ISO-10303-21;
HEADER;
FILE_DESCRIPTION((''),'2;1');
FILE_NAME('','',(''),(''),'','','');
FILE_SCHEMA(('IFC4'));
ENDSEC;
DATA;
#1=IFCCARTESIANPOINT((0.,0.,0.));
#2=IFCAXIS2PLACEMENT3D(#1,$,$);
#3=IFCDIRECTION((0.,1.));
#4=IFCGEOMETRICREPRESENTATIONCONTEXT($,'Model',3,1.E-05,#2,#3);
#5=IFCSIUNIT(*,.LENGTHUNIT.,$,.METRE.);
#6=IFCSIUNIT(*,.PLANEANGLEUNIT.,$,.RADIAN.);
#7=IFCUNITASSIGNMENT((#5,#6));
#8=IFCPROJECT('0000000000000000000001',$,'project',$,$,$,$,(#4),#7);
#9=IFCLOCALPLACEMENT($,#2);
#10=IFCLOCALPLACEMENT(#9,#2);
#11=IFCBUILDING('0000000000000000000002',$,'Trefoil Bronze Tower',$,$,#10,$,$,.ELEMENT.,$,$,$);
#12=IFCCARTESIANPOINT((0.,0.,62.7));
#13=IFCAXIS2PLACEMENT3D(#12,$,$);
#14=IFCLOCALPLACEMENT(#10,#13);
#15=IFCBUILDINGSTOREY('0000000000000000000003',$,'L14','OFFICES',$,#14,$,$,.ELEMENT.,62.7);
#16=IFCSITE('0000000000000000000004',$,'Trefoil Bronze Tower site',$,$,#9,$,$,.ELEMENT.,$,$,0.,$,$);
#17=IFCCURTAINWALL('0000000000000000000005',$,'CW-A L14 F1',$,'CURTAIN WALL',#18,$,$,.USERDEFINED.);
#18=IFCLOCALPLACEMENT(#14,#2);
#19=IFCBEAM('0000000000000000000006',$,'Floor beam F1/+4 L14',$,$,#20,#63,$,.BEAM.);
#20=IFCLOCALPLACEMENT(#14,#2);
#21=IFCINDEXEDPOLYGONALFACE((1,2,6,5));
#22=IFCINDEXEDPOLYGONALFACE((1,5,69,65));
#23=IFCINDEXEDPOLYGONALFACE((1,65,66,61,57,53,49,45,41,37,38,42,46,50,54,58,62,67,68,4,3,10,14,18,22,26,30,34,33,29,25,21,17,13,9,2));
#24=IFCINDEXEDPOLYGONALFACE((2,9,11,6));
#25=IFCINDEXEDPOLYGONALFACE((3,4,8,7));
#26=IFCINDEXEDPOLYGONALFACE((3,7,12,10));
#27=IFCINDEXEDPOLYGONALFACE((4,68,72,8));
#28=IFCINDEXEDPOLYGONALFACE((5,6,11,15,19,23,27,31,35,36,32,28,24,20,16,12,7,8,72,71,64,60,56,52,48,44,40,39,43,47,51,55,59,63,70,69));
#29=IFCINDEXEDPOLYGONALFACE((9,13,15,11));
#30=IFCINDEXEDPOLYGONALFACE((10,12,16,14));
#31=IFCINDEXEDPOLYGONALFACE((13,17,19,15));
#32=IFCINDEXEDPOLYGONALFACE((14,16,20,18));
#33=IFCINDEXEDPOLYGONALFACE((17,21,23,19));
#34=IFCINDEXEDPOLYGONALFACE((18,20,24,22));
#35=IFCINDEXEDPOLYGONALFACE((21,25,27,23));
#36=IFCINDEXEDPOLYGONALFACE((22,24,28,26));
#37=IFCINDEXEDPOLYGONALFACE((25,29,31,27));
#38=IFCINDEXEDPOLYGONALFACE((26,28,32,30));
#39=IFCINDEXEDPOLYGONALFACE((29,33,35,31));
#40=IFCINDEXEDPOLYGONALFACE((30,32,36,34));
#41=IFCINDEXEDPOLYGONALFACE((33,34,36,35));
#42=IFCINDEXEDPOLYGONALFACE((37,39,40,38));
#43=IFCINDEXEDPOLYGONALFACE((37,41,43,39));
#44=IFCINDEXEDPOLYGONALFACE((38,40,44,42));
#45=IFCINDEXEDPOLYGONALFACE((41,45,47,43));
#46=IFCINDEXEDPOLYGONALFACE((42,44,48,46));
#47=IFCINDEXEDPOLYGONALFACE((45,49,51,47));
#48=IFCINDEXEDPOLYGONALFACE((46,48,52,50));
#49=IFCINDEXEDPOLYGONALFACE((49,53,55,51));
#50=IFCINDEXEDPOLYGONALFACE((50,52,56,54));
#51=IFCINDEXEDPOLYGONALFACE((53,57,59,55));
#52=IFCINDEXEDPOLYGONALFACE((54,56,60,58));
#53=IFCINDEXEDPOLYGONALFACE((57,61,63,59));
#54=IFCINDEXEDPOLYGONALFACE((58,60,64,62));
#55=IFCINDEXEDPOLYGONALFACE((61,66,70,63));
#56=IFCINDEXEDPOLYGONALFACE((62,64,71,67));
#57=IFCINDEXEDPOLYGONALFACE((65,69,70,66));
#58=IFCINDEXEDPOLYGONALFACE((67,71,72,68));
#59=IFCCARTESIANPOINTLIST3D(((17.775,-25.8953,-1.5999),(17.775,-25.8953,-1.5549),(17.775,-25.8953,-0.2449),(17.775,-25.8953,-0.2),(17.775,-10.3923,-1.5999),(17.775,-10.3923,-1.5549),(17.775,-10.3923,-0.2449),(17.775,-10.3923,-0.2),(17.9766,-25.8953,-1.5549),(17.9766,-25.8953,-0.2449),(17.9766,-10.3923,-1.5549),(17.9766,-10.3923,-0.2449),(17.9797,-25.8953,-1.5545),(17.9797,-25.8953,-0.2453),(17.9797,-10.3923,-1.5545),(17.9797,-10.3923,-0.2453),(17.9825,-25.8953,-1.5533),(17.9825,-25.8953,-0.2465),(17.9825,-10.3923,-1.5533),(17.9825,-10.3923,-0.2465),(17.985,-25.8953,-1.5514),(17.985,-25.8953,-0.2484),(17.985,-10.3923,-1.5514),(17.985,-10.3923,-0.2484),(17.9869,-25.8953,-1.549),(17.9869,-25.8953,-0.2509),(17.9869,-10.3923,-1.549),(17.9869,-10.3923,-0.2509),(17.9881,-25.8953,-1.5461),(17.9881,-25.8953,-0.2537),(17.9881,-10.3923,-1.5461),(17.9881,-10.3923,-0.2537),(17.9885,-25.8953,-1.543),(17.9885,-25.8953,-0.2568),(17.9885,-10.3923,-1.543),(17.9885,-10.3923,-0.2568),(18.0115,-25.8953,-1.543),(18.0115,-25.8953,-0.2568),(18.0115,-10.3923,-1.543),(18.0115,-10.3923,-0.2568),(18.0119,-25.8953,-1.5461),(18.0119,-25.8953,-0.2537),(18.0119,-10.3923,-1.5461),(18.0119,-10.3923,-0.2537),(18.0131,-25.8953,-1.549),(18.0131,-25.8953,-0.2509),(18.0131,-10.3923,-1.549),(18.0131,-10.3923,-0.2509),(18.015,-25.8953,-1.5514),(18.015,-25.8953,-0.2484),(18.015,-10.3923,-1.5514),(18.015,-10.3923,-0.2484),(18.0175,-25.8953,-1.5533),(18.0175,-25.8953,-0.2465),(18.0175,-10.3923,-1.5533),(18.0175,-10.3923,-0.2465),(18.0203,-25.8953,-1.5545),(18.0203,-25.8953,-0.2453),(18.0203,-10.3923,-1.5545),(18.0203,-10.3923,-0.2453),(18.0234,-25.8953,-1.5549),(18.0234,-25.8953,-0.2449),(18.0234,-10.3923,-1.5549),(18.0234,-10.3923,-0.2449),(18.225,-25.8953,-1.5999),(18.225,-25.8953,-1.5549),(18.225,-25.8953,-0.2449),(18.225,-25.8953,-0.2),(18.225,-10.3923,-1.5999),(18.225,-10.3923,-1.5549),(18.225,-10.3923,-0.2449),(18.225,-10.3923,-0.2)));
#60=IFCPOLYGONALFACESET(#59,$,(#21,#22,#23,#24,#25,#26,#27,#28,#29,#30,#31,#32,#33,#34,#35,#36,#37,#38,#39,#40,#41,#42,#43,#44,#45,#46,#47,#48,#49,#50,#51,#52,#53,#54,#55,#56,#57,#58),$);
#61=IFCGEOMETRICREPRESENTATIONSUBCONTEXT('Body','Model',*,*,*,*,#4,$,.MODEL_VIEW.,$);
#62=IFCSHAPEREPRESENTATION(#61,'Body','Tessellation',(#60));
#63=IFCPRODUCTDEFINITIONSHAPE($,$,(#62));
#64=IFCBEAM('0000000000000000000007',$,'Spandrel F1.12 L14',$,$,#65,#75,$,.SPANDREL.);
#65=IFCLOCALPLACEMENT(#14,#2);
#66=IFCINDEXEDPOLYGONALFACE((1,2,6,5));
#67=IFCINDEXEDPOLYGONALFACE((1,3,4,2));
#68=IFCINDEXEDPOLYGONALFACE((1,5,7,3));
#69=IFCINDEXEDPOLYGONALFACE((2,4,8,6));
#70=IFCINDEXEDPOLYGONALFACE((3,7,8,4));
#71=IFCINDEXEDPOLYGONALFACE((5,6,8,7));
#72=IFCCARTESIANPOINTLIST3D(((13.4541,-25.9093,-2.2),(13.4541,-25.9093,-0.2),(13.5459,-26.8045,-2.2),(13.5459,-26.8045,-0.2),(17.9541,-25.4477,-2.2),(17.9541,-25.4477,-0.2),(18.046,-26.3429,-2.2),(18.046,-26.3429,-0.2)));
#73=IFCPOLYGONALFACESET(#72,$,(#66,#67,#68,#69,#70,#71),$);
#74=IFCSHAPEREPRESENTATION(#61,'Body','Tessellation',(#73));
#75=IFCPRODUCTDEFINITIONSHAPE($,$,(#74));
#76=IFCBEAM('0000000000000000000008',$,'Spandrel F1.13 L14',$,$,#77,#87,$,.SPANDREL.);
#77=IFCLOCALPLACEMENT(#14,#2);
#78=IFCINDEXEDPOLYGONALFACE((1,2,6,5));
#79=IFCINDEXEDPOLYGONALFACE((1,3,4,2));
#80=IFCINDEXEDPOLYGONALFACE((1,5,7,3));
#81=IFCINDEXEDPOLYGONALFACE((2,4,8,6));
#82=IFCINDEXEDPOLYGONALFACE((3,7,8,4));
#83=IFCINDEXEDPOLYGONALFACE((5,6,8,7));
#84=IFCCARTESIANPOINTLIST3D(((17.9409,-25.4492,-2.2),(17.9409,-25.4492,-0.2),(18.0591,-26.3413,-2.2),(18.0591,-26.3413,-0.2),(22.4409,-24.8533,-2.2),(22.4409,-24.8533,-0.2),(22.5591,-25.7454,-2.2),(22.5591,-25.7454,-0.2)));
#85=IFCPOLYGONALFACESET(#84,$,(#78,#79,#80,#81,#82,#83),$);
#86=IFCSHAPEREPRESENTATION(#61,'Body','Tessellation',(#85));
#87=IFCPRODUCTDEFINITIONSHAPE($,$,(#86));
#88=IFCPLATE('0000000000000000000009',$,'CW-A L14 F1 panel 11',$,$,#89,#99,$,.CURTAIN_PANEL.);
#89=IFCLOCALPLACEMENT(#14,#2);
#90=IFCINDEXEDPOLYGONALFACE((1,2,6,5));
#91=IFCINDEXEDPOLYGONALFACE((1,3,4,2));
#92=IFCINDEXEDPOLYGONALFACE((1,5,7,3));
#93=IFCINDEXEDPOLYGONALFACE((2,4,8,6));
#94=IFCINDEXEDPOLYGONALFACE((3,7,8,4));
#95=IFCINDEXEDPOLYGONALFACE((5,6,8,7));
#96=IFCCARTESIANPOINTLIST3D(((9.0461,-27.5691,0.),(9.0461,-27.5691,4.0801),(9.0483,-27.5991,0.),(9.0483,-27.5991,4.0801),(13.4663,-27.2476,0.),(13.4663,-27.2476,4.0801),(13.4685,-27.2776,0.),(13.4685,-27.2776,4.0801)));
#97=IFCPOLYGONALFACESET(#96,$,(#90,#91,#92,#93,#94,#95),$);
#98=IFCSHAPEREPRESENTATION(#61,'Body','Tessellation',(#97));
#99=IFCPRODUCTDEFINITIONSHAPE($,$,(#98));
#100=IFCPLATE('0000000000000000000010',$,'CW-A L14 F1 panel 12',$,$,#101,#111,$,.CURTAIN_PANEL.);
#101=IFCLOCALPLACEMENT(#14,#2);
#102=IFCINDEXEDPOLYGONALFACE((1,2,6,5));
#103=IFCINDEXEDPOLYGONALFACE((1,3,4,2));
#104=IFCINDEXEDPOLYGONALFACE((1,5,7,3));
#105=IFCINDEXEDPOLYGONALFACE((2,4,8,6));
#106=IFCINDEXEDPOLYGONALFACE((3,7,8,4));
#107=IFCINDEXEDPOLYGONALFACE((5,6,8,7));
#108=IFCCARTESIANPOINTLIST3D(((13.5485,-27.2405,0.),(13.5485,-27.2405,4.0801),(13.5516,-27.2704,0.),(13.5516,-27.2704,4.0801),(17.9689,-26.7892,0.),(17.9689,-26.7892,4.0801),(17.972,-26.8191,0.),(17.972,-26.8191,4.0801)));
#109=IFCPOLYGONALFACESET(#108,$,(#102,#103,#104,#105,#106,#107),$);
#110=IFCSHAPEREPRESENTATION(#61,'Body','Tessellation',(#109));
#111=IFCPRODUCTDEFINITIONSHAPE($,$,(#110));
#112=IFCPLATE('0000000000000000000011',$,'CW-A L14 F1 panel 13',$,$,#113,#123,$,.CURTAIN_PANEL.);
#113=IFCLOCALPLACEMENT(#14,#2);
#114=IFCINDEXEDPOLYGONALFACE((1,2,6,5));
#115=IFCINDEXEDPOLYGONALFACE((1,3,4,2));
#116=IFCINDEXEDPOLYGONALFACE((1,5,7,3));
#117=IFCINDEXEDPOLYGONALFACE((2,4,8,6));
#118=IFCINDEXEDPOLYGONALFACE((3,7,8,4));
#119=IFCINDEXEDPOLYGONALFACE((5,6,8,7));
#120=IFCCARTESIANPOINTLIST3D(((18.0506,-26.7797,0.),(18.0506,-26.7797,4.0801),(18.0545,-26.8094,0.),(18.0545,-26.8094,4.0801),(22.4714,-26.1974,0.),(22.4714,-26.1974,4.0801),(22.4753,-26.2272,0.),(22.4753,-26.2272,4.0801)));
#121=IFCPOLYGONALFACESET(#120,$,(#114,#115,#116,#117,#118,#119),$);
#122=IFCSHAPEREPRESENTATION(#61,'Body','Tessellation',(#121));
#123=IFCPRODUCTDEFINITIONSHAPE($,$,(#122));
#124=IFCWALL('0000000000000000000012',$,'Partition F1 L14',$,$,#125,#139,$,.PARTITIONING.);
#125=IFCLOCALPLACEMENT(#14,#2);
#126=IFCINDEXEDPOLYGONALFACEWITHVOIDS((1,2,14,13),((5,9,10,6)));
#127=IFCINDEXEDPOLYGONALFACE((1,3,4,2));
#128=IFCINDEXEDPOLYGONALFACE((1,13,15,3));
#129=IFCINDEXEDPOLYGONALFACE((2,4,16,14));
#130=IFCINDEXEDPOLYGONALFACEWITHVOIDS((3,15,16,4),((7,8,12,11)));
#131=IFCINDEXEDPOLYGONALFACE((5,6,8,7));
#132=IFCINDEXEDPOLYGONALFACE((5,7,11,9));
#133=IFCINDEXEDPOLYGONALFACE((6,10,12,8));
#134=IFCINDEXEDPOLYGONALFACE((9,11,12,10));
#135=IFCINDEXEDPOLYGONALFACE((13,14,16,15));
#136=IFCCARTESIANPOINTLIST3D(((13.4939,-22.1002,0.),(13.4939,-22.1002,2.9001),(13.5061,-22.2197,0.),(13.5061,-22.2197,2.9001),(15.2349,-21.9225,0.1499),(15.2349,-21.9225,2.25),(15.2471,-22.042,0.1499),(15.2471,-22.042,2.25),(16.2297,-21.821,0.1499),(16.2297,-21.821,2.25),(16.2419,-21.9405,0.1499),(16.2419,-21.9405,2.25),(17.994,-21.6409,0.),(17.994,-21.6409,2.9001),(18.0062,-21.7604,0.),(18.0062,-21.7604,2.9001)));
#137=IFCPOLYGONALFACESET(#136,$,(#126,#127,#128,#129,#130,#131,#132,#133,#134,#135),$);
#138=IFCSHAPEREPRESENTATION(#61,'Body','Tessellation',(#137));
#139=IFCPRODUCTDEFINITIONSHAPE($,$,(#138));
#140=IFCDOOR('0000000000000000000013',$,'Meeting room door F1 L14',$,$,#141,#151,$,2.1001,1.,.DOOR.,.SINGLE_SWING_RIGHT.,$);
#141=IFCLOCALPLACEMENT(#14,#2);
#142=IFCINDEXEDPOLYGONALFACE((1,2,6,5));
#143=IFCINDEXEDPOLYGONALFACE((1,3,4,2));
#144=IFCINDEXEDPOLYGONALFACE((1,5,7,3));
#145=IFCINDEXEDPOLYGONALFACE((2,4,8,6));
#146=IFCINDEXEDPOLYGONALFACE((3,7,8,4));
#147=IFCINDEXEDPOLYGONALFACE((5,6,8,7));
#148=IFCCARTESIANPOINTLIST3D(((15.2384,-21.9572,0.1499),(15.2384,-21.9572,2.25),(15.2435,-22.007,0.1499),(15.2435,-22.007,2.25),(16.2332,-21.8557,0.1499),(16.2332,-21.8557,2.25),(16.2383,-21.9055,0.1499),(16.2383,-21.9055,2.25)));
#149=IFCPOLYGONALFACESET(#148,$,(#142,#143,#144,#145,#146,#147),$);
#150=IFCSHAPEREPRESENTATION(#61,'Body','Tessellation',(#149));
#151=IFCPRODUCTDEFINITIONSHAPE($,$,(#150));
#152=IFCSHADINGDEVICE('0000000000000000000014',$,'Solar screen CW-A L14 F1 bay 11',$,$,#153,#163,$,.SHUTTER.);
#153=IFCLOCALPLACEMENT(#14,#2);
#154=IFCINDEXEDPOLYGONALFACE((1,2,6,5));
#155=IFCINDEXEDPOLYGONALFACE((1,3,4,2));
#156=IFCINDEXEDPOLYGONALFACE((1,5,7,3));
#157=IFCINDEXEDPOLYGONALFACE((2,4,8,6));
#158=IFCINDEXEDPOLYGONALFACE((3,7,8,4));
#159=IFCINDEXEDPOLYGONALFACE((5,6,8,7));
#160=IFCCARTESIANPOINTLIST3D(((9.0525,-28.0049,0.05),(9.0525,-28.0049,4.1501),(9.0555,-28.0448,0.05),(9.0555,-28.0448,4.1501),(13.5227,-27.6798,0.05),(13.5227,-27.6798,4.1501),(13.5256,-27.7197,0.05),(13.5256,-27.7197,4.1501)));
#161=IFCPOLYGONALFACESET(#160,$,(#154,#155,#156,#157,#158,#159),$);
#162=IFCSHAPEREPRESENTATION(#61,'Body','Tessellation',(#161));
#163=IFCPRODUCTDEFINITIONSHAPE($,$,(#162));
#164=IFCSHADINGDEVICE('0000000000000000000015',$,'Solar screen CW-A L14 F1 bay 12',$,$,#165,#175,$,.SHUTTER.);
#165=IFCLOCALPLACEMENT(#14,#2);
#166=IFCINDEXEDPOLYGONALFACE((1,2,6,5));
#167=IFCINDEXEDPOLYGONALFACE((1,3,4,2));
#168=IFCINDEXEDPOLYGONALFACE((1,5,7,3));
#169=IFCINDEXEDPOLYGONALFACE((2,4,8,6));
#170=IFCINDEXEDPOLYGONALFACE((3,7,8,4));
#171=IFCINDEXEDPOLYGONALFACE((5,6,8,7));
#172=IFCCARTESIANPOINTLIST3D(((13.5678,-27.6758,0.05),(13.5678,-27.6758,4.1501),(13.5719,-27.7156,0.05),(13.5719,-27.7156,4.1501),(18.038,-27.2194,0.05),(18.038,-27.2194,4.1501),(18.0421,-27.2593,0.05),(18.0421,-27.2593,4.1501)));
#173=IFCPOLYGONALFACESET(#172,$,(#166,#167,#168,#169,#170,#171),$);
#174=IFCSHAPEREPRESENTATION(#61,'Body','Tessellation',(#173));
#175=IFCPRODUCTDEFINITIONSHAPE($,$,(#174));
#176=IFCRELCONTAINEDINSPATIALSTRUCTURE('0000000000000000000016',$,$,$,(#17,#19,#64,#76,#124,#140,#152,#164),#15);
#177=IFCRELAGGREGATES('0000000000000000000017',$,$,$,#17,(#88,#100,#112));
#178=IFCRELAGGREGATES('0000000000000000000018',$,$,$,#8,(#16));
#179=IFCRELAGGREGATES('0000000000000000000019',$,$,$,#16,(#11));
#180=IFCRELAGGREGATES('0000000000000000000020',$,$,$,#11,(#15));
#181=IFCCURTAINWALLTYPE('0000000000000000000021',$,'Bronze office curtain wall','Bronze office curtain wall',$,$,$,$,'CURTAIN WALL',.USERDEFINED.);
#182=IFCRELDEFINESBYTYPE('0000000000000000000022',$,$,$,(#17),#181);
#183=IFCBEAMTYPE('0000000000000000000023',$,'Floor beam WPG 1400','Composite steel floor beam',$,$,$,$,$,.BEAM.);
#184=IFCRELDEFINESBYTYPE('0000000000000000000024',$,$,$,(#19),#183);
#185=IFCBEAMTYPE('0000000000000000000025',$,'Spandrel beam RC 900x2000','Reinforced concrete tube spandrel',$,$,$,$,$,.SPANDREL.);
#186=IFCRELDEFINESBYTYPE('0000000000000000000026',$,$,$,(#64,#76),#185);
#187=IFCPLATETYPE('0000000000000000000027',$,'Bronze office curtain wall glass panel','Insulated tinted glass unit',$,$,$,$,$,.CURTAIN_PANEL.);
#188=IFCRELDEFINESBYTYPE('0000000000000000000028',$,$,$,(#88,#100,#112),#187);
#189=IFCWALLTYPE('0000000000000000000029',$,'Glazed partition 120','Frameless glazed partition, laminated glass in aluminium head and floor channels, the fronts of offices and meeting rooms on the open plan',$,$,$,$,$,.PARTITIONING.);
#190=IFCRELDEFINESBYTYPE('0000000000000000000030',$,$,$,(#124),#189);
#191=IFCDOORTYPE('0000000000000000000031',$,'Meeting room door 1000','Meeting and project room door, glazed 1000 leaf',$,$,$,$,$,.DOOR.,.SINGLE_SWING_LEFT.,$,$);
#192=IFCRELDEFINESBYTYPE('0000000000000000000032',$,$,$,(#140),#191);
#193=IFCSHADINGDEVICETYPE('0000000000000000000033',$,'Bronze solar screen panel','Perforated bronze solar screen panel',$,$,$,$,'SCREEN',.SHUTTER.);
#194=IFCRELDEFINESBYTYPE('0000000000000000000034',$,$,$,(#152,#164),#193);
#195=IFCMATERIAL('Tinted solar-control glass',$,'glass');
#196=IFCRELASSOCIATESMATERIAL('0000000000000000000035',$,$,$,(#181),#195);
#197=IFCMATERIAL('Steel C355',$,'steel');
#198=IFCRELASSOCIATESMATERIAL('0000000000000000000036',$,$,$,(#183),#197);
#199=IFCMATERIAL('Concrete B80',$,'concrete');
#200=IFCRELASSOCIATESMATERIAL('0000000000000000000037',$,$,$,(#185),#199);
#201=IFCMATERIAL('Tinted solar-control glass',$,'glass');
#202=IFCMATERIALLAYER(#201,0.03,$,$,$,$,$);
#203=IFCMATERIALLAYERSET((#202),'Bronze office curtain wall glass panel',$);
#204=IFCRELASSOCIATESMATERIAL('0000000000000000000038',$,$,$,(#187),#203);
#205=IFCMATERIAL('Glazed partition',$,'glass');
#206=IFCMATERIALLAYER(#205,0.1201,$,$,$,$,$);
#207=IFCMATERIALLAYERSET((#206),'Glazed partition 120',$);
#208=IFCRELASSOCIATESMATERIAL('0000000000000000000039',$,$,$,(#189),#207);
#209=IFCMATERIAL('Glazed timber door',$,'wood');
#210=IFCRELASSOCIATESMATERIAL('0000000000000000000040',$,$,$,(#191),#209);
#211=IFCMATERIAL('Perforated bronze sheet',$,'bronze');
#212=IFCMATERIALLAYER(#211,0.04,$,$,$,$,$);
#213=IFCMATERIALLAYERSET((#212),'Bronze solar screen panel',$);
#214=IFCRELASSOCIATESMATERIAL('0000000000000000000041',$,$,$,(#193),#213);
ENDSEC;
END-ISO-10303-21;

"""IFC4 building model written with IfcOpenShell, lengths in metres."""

from ifc_helpers import new_model, si_unit, direction, frame, frame_2d, origin, origin_2d, place, context, subcontext, project, spatial, rectangle, i_section, extrude, material, layer, layer_set, material_profile, profile_set, type_object, element, fill, aggregate, save


model = new_model("IFC4")

# Units and contexts
model_context = context("Model", 3, precision=1e-05, world=origin(), true_north=direction((0.0, 1.0)))
body_context = subcontext(model_context, "Body", "Model", "MODEL_VIEW")
ifc_project = project(units=[si_unit("LENGTHUNIT", "METRE"), si_unit("PLANEANGLEUNIT", "RADIAN")], contexts=[model_context])

# Site, building, storey
site_placement = place(None, origin())
site = spatial("IfcSite", under=ifc_project, at=site_placement, Name="Trefoil Bronze Tower site", CompositionType="ELEMENT", RefElevation=0.0)
building_placement = place(site_placement, origin())
building = spatial("IfcBuilding", under=site, at=building_placement, Name="Trefoil Bronze Tower", CompositionType="ELEMENT")
storey_placement = place(building_placement, frame((0.0, 0.0, 62.7)))
storey = spatial("IfcBuildingStorey", under=building, at=storey_placement, Name="L14", Description="OFFICES", CompositionType="ELEMENT", Elevation=62.7)

# Curtain wall
ifc_material_1 = material(Name="Tinted solar-control glass", Category="glass")
curtain_wall_type = type_object("IfcCurtainWallType", Name="Bronze office curtain wall", Description="Bronze office curtain wall", ElementType="CURTAIN WALL", PredefinedType="USERDEFINED", material=ifc_material_1)
curtain_wall_placement = place(storey_placement, origin())
curtain_wall = element("IfcCurtainWall", 1, at=curtain_wall_placement, inside=storey, type_object=curtain_wall_type, Name="CW-A L14 F1", ObjectType="CURTAIN WALL", PredefinedType="USERDEFINED")

# Beams
ifc_material_2 = material(Name="Steel C355", Category="steel")
ifc_material_profile_1 = material_profile(ifc_material_2, i_section(OverallWidth=0.45, OverallDepth=1.3999, WebThickness=0.0229, FlangeThickness=0.0449, FilletRadius=0.012, at=origin_2d()), Name="WPG 1400")
ifc_profile_set_1 = profile_set([ifc_material_profile_1], Name="Steel C355")
beam_type_1 = type_object("IfcBeamType", Name="Floor beam WPG 1400", Description="Composite steel floor beam", PredefinedType="BEAM", material=ifc_profile_set_1)
beam_1_placement = place(storey_placement, frame((18.0, -25.8953, -0.8999), z_axis=(0.0, 1.0, 0.0), x_axis=(-1.0, 0.0, 0.0)))
element("IfcBeam", 2, at=beam_1_placement, inside=storey, type_object=beam_type_1, Name="Floor beam F1/+4 L14", PredefinedType="BEAM", context=body_context, shape_type="SweptSolid", body=[
    extrude(i_section(OverallWidth=0.45, OverallDepth=1.3999, WebThickness=0.0229, FlangeThickness=0.0449, FilletRadius=0.012, at=origin_2d()), origin(), (0.0, 0.0, 1.0), 15.5029),
])
ifc_material_3 = material(Name="Concrete B80", Category="concrete")
ifc_material_profile_2 = material_profile(ifc_material_3, rectangle(XDim=0.8999, YDim=2.0, at=origin_2d()), Name="RC 900x2000")
ifc_profile_set_2 = profile_set([ifc_material_profile_2], Name="Concrete B80")
beam_type_2 = type_object("IfcBeamType", Name="Spandrel beam RC 900x2000", Description="Reinforced concrete tube spandrel", PredefinedType="SPANDREL", material=ifc_profile_set_2)
beam_2_placement = place(storey_placement, frame((13.5, -26.3569, -1.2), z_axis=(0.994778, 0.102058, 0.0), x_axis=(-0.102058, 0.994778, 0.0)))
element("IfcBeam", 3, at=beam_2_placement, inside=storey, type_object=beam_type_2, Name="Spandrel F1.12 L14", PredefinedType="SPANDREL", context=body_context, shape_type="SweptSolid", body=[
    extrude(rectangle(XDim=0.8999, YDim=2.0, at=origin_2d()), origin(), (0.0, 0.0, 1.0), 4.5237),
])
beam_3_placement = place(storey_placement, frame((18.0, -25.8953, -1.2), z_axis=(0.991344, 0.131286, 0.0), x_axis=(-0.131286, 0.991344, 0.0)))
element("IfcBeam", 4, at=beam_3_placement, inside=storey, type_object=beam_type_2, Name="Spandrel F1.13 L14", PredefinedType="SPANDREL", context=body_context, shape_type="SweptSolid", body=[
    extrude(rectangle(XDim=0.8999, YDim=2.0, at=origin_2d()), origin(), (0.0, 0.0, 1.0), 4.5393),
])

# Plates
ifc_material_4 = material(Name="Tinted solar-control glass", Category="glass")
ifc_layer_1 = layer(ifc_material_4, 0.03)
ifc_layer_set_1 = layer_set([ifc_layer_1], Name="Bronze office curtain wall glass panel")
plate_type = type_object("IfcPlateType", Name="Bronze office curtain wall glass panel", Description="Insulated tinted glass unit", PredefinedType="CURTAIN_PANEL", material=ifc_layer_set_1)
plate_1_placement = place(storey_placement, frame((11.2573, -27.4233, 0.0), z_axis=(0.0, 0.0, 1.0), x_axis=(0.997365, 0.072547, 0.0)))
plate_1 = element("IfcPlate", 5, at=plate_1_placement, type_object=plate_type, Name="CW-A L14 F1 panel 11", PredefinedType="CURTAIN_PANEL", context=body_context, shape_type="SweptSolid", body=[
    extrude(rectangle(XDim=4.4319, YDim=0.03, at=origin_2d()), origin(), (0.0, 0.0, 1.0), 4.0801),
])
plate_2_placement = place(storey_placement, frame((15.7603, -27.0298, 0.0), z_axis=(0.0, 0.0, 1.0), x_axis=(0.994829, 0.101565, 0.0)))
plate_2 = element("IfcPlate", 6, at=plate_2_placement, type_object=plate_type, Name="CW-A L14 F1 panel 12", PredefinedType="CURTAIN_PANEL", context=body_context, shape_type="SweptSolid", body=[
    extrude(rectangle(XDim=4.4434, YDim=0.03, at=origin_2d()), origin(), (0.0, 0.0, 1.0), 4.0801),
])
plate_3_placement = place(storey_placement, frame((20.2629, -26.5034, 0.0), z_axis=(0.0, 0.0, 1.0), x_axis=(0.991437, 0.130584, 0.0)))
plate_3 = element("IfcPlate", 7, at=plate_3_placement, type_object=plate_type, Name="CW-A L14 F1 panel 13", PredefinedType="CURTAIN_PANEL", context=body_context, shape_type="SweptSolid", body=[
    extrude(rectangle(XDim=4.459, YDim=0.03, at=origin_2d()), origin(), (0.0, 0.0, 1.0), 4.0801),
])
aggregate(curtain_wall, [plate_1, plate_2, plate_3])

# Wall, opening, door
ifc_material_5 = material(Name="Glazed partition", Category="glass")
ifc_layer_2 = layer(ifc_material_5, 0.1201)
ifc_layer_set_2 = layer_set([ifc_layer_2], Name="Glazed partition 120")
wall_type = type_object("IfcWallType", Name="Glazed partition 120", Description="Frameless glazed partition, laminated glass in aluminium head and floor channels, the fronts of offices and meeting rooms on the open plan", PredefinedType="PARTITIONING", material=ifc_layer_set_2)
wall_placement = place(storey_placement, frame((13.5, -22.1599, 0.0), z_axis=(0.0, 0.0, 1.0), x_axis=(0.994833, 0.101523, 0.0)))
wall = element("IfcWall", 8, at=wall_placement, inside=storey, type_object=wall_type, Name="Partition F1 L14", PredefinedType="PARTITIONING", context=body_context, shape_type="SweptSolid", body=[
    extrude(rectangle(XDim=4.5234, YDim=0.1201, at=frame_2d((2.2617, 0.0))), origin(), (0.0, 0.0, 1.0), 2.9001),
])
opening_placement = place(wall_placement, frame((1.75, 0.0, 0.1499)))
opening = element("IfcOpeningElement", 9, at=opening_placement, cuts=wall, PredefinedType="OPENING", context=body_context, shape_type="SweptSolid", body=[
    extrude(rectangle(XDim=1.0, YDim=2.1001, at=frame_2d((0.5, 1.05))), frame((0.0, 0.0701, 0.0), z_axis=(0.0, -1.0, 0.0), x_axis=(1.0, 0.0, 0.0)), (0.0, 0.0, 1.0), 0.1401),
])
ifc_material_6 = material(Name="Glazed timber door", Category="wood")
door_type = type_object("IfcDoorType", Name="Meeting room door 1000", Description="Meeting and project room door, glazed 1000 leaf", OperationType="SINGLE_SWING_LEFT", PredefinedType="DOOR", material=ifc_material_6)
door_placement = place(opening_placement, frame((1.0, 0.0, 0.0), z_axis=(0.0, 0.0, 1.0), x_axis=(-1.0, 0.0, 0.0)))
door = element("IfcDoor", 10, at=door_placement, inside=storey, type_object=door_type, Name="Meeting room door F1 L14", OperationType="SINGLE_SWING_RIGHT", OverallHeight=2.1001, OverallWidth=1.0, PredefinedType="DOOR", context=body_context, shape_type="SweptSolid", body=[
    extrude(rectangle(XDim=1.0, YDim=2.1001, at=frame_2d((0.5, 1.05))), frame((0.0, 0.0249, 0.0), z_axis=(0.0, -1.0, 0.0), x_axis=(1.0, 0.0, 0.0)), (0.0, 0.0, 1.0), 0.05),
])
fill(opening, door)

# Shading devices
ifc_material_7 = material(Name="Perforated bronze sheet", Category="bronze")
ifc_layer_3 = layer(ifc_material_7, 0.04)
ifc_layer_set_3 = layer_set([ifc_layer_3], Name="Bronze solar screen panel")
shading_device_type = type_object("IfcShadingDeviceType", Name="Bronze solar screen panel", Description="Perforated bronze solar screen panel", ElementType="SCREEN", PredefinedType="SHUTTER", material=ifc_layer_set_3)
shading_device_1_placement = place(storey_placement, frame((11.2891, -27.8623, 0.05), z_axis=(0.0, 0.0, 1.0), x_axis=(0.997365, 0.072547, 0.0)))
element("IfcShadingDevice", 11, at=shading_device_1_placement, inside=storey, type_object=shading_device_type, Name="Solar screen CW-A L14 F1 bay 11", PredefinedType="SHUTTER", context=body_context, shape_type="SweptSolid", body=[
    extrude(rectangle(XDim=4.4819, YDim=0.04, at=origin_2d()), origin(), (0.0, 0.0, 1.0), 4.1001),
])
shading_device_2_placement = place(storey_placement, frame((15.8049, -27.4675, 0.05), z_axis=(0.0, 0.0, 1.0), x_axis=(0.994829, 0.101565, 0.0)))
element("IfcShadingDevice", 12, at=shading_device_2_placement, inside=storey, type_object=shading_device_type, Name="Solar screen CW-A L14 F1 bay 12", PredefinedType="SHUTTER", context=body_context, shape_type="SweptSolid", body=[
    extrude(rectangle(XDim=4.4934, YDim=0.04, at=origin_2d()), origin(), (0.0, 0.0, 1.0), 4.1001),
])

save(model, "model.ifc")
